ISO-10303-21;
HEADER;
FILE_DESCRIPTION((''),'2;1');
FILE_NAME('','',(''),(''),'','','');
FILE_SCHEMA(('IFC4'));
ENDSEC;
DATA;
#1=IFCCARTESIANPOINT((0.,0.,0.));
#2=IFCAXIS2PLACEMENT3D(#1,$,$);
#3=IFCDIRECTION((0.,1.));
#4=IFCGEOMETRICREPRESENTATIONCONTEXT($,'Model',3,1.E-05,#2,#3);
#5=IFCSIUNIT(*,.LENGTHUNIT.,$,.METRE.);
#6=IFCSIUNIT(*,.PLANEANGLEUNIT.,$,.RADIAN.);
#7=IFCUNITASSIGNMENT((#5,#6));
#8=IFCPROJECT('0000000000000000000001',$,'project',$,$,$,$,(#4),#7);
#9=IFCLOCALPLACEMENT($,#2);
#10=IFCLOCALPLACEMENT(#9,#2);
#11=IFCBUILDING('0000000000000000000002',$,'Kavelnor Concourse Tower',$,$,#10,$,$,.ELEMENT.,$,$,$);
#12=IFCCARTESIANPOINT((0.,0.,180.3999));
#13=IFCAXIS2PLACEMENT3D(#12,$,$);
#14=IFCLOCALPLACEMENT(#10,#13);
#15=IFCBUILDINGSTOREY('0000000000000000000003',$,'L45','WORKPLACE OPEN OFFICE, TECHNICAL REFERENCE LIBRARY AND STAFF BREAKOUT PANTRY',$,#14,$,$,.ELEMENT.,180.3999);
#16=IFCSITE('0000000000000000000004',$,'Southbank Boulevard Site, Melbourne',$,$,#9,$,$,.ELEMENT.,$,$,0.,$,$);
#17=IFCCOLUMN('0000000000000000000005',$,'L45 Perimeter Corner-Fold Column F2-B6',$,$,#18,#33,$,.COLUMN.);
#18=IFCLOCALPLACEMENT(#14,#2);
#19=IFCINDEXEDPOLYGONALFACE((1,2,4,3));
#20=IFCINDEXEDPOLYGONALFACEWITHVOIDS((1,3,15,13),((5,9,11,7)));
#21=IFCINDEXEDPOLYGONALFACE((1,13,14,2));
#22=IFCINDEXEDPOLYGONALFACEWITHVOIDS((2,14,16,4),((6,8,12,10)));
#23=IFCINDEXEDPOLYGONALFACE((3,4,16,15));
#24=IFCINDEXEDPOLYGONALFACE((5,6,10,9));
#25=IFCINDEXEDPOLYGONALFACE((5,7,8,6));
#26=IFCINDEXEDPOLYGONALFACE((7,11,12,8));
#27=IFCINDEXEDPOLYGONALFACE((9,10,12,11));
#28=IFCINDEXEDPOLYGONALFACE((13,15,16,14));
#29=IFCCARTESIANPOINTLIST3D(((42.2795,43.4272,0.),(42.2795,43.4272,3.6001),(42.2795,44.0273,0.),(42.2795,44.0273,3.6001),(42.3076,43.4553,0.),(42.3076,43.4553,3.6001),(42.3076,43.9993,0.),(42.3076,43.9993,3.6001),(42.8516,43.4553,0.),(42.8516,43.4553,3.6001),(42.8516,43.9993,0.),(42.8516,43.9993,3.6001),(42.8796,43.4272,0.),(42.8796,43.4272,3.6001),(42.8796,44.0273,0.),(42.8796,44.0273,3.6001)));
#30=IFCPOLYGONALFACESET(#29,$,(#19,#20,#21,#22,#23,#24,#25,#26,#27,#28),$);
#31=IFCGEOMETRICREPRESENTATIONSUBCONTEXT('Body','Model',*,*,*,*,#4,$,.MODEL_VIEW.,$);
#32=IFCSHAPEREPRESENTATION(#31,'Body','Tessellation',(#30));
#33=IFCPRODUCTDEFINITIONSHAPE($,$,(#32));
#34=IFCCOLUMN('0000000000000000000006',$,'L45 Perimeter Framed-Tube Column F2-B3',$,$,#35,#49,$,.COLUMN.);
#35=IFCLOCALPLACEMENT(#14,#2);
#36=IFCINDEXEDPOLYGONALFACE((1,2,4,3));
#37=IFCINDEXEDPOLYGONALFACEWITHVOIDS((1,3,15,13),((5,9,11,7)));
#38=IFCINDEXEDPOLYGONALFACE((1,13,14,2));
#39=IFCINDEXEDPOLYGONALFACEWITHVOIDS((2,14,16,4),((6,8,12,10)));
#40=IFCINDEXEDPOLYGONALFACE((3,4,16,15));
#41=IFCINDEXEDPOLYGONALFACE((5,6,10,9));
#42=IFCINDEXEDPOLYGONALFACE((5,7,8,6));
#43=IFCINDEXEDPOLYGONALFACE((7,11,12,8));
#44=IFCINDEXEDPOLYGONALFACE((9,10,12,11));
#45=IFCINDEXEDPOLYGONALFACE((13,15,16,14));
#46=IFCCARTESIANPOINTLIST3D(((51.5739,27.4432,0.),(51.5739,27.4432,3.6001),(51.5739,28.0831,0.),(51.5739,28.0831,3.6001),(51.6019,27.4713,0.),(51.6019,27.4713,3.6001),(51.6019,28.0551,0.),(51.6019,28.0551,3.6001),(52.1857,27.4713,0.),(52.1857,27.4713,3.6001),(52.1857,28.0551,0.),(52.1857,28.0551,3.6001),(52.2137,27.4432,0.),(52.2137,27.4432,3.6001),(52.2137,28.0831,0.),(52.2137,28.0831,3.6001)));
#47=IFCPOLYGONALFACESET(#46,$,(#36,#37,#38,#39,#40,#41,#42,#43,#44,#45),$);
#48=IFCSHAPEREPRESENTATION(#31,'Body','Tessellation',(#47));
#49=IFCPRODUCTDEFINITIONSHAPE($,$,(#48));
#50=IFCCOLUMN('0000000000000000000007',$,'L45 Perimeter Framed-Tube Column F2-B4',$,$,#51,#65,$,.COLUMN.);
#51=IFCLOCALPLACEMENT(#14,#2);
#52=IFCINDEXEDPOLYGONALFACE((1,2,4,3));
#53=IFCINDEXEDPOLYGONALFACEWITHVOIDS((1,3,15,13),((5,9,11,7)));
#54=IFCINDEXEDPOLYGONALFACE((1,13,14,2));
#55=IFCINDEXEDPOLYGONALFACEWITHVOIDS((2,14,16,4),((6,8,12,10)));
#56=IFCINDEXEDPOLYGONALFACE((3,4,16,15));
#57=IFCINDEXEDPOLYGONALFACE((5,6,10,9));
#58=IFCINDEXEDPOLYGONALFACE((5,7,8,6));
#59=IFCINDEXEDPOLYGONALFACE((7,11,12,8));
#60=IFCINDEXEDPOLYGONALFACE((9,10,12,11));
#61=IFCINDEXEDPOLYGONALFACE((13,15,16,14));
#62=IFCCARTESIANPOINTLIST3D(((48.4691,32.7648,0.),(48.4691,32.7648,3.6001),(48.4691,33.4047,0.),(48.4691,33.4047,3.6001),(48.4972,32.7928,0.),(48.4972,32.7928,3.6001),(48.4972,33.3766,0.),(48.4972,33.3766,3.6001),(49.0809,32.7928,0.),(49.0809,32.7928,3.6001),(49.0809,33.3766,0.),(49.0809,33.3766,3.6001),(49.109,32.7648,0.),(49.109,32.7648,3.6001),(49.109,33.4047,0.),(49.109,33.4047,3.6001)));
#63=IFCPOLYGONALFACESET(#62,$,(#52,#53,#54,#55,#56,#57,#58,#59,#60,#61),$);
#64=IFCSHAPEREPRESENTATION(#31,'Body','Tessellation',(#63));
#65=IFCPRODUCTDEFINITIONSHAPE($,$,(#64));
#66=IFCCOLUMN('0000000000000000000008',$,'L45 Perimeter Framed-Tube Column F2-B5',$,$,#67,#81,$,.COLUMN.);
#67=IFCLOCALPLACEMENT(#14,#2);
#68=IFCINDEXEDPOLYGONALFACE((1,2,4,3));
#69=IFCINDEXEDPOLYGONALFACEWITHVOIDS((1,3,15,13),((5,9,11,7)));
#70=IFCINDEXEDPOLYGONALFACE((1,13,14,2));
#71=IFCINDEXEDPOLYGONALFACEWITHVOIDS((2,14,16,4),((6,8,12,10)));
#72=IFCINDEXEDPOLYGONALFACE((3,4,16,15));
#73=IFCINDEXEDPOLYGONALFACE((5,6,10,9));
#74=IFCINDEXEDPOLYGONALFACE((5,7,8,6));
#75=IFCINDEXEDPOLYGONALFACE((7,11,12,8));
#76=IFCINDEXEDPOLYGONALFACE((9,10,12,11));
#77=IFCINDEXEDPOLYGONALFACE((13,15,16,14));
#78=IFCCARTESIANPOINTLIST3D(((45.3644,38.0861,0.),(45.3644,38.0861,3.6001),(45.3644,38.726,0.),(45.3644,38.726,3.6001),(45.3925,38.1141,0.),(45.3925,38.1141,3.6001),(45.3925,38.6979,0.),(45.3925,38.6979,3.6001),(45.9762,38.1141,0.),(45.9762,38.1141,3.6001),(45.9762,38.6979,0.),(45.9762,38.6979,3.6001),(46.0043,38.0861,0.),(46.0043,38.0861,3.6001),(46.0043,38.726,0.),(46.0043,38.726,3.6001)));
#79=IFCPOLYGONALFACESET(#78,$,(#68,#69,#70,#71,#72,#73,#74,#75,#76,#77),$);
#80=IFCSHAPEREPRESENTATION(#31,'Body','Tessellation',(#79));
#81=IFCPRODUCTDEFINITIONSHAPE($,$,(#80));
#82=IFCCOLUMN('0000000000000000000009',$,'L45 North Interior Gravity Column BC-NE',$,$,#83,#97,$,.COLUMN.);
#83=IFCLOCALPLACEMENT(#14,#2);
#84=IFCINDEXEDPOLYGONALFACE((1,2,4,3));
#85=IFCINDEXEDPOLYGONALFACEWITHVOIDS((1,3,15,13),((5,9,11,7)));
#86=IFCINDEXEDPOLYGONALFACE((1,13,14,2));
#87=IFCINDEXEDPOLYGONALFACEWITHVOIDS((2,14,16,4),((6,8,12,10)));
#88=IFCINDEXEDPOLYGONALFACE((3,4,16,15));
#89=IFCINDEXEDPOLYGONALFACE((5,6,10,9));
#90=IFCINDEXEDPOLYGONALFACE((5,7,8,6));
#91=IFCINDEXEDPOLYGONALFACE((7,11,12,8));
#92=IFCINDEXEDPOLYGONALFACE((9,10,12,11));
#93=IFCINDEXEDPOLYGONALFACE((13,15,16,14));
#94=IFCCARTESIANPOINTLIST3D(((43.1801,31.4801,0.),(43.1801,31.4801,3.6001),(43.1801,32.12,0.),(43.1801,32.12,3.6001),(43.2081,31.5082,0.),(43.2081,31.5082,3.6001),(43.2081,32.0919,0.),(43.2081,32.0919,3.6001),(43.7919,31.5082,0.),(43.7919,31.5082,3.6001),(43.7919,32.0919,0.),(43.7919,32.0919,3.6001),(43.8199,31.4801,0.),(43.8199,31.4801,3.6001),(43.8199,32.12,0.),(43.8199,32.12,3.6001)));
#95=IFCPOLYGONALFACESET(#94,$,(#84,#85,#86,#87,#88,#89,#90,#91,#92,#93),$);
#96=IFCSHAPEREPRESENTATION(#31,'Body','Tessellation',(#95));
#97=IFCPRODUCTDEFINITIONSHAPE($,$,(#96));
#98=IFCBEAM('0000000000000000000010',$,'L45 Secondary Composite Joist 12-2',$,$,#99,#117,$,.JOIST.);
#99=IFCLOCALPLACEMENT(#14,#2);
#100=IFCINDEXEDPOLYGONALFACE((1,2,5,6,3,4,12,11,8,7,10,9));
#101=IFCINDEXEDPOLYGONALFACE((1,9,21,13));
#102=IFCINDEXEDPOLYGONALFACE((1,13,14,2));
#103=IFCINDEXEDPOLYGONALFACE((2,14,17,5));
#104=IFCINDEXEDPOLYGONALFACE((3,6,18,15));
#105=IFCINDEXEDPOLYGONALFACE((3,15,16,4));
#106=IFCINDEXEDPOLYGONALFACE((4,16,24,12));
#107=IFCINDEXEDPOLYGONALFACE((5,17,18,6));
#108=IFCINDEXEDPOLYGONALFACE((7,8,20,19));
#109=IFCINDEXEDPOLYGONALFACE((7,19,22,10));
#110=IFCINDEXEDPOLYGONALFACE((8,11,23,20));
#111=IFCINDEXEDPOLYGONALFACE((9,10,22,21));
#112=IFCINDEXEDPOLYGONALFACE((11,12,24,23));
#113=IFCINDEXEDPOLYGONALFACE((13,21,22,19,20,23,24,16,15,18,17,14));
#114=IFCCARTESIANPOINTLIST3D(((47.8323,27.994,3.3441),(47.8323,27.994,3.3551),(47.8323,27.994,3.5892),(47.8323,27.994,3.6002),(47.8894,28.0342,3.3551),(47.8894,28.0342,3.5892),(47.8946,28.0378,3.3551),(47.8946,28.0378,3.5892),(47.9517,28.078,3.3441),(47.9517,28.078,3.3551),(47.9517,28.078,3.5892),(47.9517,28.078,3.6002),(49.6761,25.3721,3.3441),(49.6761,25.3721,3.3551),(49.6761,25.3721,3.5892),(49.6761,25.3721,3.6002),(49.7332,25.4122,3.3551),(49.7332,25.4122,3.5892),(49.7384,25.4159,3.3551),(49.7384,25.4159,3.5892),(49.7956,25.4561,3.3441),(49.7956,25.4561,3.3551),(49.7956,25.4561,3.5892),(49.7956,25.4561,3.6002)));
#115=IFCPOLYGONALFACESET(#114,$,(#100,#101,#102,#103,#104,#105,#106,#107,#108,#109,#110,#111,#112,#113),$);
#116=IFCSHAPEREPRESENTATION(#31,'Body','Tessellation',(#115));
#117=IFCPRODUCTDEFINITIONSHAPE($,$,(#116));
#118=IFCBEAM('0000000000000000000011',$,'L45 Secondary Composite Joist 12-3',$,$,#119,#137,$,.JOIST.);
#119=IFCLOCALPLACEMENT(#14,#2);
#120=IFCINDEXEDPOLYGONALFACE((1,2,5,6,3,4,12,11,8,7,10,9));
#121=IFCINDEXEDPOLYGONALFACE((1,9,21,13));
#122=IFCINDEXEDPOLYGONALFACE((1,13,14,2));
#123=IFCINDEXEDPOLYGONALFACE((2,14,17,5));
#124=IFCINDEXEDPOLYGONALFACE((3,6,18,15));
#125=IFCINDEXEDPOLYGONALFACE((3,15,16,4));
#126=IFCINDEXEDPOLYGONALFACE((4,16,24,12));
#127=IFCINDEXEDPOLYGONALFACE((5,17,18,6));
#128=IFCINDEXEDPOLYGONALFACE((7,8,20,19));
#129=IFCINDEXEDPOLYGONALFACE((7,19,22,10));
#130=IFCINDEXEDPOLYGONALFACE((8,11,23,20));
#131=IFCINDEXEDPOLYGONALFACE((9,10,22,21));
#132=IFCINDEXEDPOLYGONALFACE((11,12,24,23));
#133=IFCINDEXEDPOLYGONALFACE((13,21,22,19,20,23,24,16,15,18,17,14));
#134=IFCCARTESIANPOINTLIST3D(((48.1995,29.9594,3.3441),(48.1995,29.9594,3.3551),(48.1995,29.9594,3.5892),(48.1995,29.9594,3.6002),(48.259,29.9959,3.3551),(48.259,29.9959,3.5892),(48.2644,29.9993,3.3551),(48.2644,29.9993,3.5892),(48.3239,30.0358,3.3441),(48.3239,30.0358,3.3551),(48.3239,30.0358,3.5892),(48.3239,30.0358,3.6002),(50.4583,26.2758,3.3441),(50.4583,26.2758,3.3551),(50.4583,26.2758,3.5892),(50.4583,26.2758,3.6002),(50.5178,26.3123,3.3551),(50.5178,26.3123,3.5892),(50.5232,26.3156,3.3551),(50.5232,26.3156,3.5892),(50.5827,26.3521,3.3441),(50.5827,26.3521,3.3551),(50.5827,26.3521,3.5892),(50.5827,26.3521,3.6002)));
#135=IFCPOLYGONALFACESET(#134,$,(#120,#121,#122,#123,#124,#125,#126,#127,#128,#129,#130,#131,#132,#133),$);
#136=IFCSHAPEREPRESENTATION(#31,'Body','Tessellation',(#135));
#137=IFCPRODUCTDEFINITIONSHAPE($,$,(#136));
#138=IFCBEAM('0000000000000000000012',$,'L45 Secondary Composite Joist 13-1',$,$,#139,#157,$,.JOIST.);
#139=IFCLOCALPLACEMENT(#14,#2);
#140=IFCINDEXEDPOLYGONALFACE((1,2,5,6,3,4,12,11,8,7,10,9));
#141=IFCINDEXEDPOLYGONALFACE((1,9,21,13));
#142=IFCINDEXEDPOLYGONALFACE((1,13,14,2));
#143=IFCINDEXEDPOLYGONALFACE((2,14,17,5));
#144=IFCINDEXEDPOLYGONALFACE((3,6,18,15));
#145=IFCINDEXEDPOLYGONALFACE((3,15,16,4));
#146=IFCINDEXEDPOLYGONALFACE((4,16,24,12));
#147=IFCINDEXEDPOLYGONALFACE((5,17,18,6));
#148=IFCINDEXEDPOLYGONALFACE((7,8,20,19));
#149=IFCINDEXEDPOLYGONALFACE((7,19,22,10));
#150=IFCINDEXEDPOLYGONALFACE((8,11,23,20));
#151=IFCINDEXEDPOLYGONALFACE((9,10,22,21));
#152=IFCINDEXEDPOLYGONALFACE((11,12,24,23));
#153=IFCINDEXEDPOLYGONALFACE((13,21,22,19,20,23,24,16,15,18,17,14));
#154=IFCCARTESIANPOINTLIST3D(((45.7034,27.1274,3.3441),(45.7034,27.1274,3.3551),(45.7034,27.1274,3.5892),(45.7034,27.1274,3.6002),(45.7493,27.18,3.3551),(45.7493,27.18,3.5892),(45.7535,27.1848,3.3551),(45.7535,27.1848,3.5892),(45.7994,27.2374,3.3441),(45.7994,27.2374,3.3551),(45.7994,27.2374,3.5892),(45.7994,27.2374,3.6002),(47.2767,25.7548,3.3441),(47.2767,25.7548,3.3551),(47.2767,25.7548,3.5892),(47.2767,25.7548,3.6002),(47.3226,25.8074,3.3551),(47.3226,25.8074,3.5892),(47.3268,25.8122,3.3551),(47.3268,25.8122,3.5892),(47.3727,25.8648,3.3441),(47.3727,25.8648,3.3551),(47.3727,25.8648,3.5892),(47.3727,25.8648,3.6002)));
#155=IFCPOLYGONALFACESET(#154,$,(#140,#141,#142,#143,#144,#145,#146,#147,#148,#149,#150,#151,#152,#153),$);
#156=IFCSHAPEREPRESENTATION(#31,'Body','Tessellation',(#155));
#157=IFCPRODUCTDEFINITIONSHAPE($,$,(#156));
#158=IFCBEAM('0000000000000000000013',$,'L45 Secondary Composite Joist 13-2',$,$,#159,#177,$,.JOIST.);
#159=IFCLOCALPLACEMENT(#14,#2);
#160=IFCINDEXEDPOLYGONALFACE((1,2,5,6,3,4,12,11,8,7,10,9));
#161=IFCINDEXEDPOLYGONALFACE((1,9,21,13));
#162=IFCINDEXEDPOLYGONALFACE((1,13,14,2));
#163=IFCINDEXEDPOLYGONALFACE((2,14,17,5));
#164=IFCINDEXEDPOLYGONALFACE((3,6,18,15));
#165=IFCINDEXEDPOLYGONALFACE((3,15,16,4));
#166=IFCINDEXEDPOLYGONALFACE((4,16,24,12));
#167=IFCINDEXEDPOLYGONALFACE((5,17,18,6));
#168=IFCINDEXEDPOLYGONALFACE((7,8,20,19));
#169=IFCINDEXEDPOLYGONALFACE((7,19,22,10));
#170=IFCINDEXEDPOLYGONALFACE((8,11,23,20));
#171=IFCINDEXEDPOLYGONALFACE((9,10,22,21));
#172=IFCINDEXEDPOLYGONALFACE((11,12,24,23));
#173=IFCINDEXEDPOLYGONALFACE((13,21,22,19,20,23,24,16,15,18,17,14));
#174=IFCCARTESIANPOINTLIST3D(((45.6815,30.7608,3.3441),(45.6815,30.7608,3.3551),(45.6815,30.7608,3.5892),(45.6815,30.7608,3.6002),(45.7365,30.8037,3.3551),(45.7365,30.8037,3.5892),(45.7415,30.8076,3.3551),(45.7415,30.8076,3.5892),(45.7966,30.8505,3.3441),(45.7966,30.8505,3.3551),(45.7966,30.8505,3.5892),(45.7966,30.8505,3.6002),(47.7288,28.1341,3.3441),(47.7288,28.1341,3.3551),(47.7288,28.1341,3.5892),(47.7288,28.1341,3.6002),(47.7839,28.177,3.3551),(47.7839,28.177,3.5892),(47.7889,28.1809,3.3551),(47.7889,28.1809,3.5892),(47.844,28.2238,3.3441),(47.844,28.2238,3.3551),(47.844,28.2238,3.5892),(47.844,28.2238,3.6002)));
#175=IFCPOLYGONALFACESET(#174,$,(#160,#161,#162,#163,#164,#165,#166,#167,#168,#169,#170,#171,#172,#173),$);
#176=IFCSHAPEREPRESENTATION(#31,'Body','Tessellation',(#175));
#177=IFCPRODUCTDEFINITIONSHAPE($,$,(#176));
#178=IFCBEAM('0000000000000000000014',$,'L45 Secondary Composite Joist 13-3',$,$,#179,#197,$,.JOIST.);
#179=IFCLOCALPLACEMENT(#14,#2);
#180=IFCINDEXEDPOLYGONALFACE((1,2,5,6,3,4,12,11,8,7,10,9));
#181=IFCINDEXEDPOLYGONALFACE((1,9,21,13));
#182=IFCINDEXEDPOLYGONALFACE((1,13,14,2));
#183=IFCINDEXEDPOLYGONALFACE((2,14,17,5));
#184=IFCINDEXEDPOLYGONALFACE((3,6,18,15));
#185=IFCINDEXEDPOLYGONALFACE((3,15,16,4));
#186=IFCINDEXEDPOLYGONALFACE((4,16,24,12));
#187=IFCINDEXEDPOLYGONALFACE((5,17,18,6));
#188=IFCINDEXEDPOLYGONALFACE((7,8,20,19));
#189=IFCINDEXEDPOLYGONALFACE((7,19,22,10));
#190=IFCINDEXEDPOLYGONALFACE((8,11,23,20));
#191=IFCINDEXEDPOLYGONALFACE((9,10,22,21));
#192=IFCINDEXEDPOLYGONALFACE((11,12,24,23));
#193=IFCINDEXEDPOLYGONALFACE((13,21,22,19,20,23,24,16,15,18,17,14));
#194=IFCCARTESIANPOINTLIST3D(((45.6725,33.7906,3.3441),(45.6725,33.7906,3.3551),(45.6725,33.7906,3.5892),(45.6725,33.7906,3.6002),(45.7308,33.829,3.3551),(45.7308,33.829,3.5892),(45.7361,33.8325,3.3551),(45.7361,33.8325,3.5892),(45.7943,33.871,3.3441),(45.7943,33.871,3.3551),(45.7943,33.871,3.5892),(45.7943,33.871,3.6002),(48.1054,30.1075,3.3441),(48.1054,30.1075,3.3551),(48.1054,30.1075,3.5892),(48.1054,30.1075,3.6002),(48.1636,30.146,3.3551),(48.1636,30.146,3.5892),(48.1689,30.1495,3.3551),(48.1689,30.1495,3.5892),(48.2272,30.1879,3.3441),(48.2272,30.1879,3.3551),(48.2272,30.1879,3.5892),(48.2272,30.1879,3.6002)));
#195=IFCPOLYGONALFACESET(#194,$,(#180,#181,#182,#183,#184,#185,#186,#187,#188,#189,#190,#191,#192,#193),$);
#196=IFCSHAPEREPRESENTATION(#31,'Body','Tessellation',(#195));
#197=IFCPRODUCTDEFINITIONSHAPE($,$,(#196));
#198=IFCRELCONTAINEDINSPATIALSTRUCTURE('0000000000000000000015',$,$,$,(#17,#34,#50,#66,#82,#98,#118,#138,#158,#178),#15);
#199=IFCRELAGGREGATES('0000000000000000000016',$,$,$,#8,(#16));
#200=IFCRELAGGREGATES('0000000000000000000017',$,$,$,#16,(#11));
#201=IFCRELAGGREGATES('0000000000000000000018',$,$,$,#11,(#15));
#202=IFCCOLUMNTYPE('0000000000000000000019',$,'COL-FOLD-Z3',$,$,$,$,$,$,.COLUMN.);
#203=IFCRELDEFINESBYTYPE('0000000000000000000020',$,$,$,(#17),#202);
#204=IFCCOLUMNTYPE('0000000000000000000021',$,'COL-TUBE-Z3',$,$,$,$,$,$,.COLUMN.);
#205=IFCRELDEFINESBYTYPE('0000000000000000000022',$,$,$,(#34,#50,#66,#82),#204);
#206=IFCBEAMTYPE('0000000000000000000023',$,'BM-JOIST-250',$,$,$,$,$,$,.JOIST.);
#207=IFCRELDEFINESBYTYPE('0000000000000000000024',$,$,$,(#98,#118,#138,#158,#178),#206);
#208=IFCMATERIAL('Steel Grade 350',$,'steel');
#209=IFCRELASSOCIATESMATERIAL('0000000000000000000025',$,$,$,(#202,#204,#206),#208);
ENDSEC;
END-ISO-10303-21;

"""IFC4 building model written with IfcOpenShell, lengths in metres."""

from ifc_helpers import new_model, si_unit, direction, frame, origin, origin_2d, place, context, subcontext, project, spatial, hollow_rectangle, i_section, extrude, material, material_profile, profile_set, type_object, element, save


model = new_model("IFC4")

# Units and contexts
model_context = context("Model", 3, precision=1e-05, world=origin(), true_north=direction((0.0, 1.0)))
body_context = subcontext(model_context, "Body", "Model", "MODEL_VIEW")
ifc_project = project(units=[si_unit("LENGTHUNIT", "METRE"), si_unit("PLANEANGLEUNIT", "RADIAN")], contexts=[model_context])

# Site, building, storey
site_placement = place(None, origin())
site = spatial("IfcSite", under=ifc_project, at=site_placement, Name="Southbank Boulevard Site, Melbourne", CompositionType="ELEMENT", RefElevation=0.0)
building_placement = place(site_placement, origin())
building = spatial("IfcBuilding", under=site, at=building_placement, Name="Kavelnor Concourse Tower", CompositionType="ELEMENT")
storey_placement = place(building_placement, frame((0.0, 0.0, 180.3999)))
storey = spatial("IfcBuildingStorey", under=building, at=storey_placement, Name="L45", Description="WORKPLACE OPEN OFFICE, TECHNICAL REFERENCE LIBRARY AND STAFF BREAKOUT PANTRY", CompositionType="ELEMENT", Elevation=180.3999)

# Columns
ifc_material_1 = material(Name="Steel Grade 350", Category="steel")
ifc_material_profile_1 = material_profile(ifc_material_1, hollow_rectangle(XDim=0.6001, YDim=0.6001, WallThickness=0.0281, at=origin_2d()), Name="SHS 600x600x28")
ifc_profile_set_1 = profile_set([ifc_material_profile_1], Name="Steel Grade 350")
column_type_1 = type_object("IfcColumnType", Name="COL-FOLD-Z3", PredefinedType="COLUMN", material=ifc_profile_set_1)
column_placement = place(storey_placement, frame((42.5796, 43.7273, 0.0), z_axis=(0.0, 0.0, 1.0), x_axis=(1.0, 0.0, 0.0)))
element("IfcColumn", 1, at=column_placement, inside=storey, type_object=column_type_1, Name="L45 Perimeter Corner-Fold Column F2-B6", PredefinedType="COLUMN", context=body_context, shape_type="SweptSolid", body=[
    extrude(hollow_rectangle(XDim=0.6001, YDim=0.6001, WallThickness=0.0281, at=origin_2d()), origin(), (0.0, 0.0, 1.0), 3.6001),
])
ifc_material_profile_2 = material_profile(ifc_material_1, hollow_rectangle(XDim=0.6399, YDim=0.6399, WallThickness=0.0281, at=origin_2d()), Name="SHS 640x640x28")
ifc_profile_set_2 = profile_set([ifc_material_profile_2], Name="Steel Grade 350")
column_type_2 = type_object("IfcColumnType", Name="COL-TUBE-Z3", PredefinedType="COLUMN", material=ifc_profile_set_2)
for number, where, z_axis, x_axis, name in (
    (2, (51.8938, 27.7632, 0.0), (0.0, 0.0, 1.0), (1.0, 0.0, 0.0), "L45 Perimeter Framed-Tube Column F2-B3"),
    (3, (48.7891, 33.0847, 0.0), (0.0, 0.0, 1.0), (1.0, 0.0, 0.0), "L45 Perimeter Framed-Tube Column F2-B4"),
    (4, (45.6843, 38.406, 0.0), (0.0, 0.0, 1.0), (1.0, 0.0, 0.0), "L45 Perimeter Framed-Tube Column F2-B5"),
    (5, (43.5, 31.8, 0.0), (0.0, 0.0, 1.0), (1.0, 0.0, 0.0), "L45 North Interior Gravity Column BC-NE"),
):
    element("IfcColumn", number, at=place(storey_placement, frame(where, z_axis=z_axis, x_axis=x_axis)), inside=storey, type_object=column_type_2, Name=name, PredefinedType="COLUMN", context=body_context, shape_type="SweptSolid", body=[
        extrude(hollow_rectangle(XDim=0.6399, YDim=0.6399, WallThickness=0.0281, at=origin_2d()), origin(), (0.0, 0.0, 1.0), 3.6001),
    ])

# Beams
ifc_material_profile_3 = material_profile(ifc_material_1, i_section(OverallWidth=0.146, OverallDepth=0.2561, WebThickness=0.0063, FlangeThickness=0.011, at=origin_2d()), Name="250UB37")
ifc_profile_set_3 = profile_set([ifc_material_profile_3], Name="Steel Grade 350")
beam_type_1 = type_object("IfcBeamType", Name="BM-JOIST-250", PredefinedType="JOIST", material=ifc_profile_set_3)
beam_1_placement = place(storey_placement, frame((49.7358, 25.4141, 3.4722), z_axis=(-0.575235, 0.817988, 0.0), x_axis=(-0.817988, -0.575235, 0.0)))
element("IfcBeam", 6, at=beam_1_placement, inside=storey, type_object=beam_type_1, Name="L45 Secondary Composite Joist 12-2", PredefinedType="JOIST", context=body_context, shape_type="SweptSolid", body=[
    extrude(i_section(OverallWidth=0.146, OverallDepth=0.2561, WebThickness=0.0063, FlangeThickness=0.011, at=origin_2d()), origin(), (0.0, 0.0, 1.0), 3.2053),
])
beam_2_placement = place(storey_placement, frame((50.5205, 26.314, 3.4722), z_axis=(-0.522748, 0.852488, 0.0), x_axis=(-0.852488, -0.522748, 0.0)))
element("IfcBeam", 7, at=beam_2_placement, inside=storey, type_object=beam_type_1, Name="L45 Secondary Composite Joist 12-3", PredefinedType="JOIST", context=body_context, shape_type="SweptSolid", body=[
    extrude(i_section(OverallWidth=0.146, OverallDepth=0.2561, WebThickness=0.0063, FlangeThickness=0.011, at=origin_2d()), origin(), (0.0, 0.0, 1.0), 4.321),
])
beam_3_placement = place(storey_placement, frame((47.3247, 25.8098, 3.4722), z_axis=(-0.753532, 0.657411, 0.0), x_axis=(-0.657411, -0.753532, 0.0)))
element("IfcBeam", 8, at=beam_3_placement, inside=storey, type_object=beam_type_1, Name="L45 Secondary Composite Joist 13-1", PredefinedType="JOIST", context=body_context, shape_type="SweptSolid", body=[
    extrude(i_section(OverallWidth=0.146, OverallDepth=0.2561, WebThickness=0.0063, FlangeThickness=0.011, at=origin_2d()), origin(), (0.0, 0.0, 1.0), 2.0879),
])
beam_4_placement = place(storey_placement, frame((47.7864, 28.179, 3.4722), z_axis=(-0.614757, 0.788716, 0.0), x_axis=(-0.788716, -0.614757, 0.0)))
element("IfcBeam", 9, at=beam_4_placement, inside=storey, type_object=beam_type_1, Name="L45 Secondary Composite Joist 13-2", PredefinedType="JOIST", context=body_context, shape_type="SweptSolid", body=[
    extrude(i_section(OverallWidth=0.146, OverallDepth=0.2561, WebThickness=0.0063, FlangeThickness=0.011, at=origin_2d()), origin(), (0.0, 0.0, 1.0), 3.3303),
])
beam_5_placement = place(storey_placement, frame((48.1663, 30.1477, 3.4722), z_axis=(-0.55116, 0.8344, 0.0), x_axis=(-0.8344, -0.55116, 0.0)))
element("IfcBeam", 10, at=beam_5_placement, inside=storey, type_object=beam_type_1, Name="L45 Secondary Composite Joist 13-3", PredefinedType="JOIST", context=body_context, shape_type="SweptSolid", body=[
    extrude(i_section(OverallWidth=0.146, OverallDepth=0.2561, WebThickness=0.0063, FlangeThickness=0.011, at=origin_2d()), origin(), (0.0, 0.0, 1.0), 4.4141),
])

save(model, "model.ifc")
